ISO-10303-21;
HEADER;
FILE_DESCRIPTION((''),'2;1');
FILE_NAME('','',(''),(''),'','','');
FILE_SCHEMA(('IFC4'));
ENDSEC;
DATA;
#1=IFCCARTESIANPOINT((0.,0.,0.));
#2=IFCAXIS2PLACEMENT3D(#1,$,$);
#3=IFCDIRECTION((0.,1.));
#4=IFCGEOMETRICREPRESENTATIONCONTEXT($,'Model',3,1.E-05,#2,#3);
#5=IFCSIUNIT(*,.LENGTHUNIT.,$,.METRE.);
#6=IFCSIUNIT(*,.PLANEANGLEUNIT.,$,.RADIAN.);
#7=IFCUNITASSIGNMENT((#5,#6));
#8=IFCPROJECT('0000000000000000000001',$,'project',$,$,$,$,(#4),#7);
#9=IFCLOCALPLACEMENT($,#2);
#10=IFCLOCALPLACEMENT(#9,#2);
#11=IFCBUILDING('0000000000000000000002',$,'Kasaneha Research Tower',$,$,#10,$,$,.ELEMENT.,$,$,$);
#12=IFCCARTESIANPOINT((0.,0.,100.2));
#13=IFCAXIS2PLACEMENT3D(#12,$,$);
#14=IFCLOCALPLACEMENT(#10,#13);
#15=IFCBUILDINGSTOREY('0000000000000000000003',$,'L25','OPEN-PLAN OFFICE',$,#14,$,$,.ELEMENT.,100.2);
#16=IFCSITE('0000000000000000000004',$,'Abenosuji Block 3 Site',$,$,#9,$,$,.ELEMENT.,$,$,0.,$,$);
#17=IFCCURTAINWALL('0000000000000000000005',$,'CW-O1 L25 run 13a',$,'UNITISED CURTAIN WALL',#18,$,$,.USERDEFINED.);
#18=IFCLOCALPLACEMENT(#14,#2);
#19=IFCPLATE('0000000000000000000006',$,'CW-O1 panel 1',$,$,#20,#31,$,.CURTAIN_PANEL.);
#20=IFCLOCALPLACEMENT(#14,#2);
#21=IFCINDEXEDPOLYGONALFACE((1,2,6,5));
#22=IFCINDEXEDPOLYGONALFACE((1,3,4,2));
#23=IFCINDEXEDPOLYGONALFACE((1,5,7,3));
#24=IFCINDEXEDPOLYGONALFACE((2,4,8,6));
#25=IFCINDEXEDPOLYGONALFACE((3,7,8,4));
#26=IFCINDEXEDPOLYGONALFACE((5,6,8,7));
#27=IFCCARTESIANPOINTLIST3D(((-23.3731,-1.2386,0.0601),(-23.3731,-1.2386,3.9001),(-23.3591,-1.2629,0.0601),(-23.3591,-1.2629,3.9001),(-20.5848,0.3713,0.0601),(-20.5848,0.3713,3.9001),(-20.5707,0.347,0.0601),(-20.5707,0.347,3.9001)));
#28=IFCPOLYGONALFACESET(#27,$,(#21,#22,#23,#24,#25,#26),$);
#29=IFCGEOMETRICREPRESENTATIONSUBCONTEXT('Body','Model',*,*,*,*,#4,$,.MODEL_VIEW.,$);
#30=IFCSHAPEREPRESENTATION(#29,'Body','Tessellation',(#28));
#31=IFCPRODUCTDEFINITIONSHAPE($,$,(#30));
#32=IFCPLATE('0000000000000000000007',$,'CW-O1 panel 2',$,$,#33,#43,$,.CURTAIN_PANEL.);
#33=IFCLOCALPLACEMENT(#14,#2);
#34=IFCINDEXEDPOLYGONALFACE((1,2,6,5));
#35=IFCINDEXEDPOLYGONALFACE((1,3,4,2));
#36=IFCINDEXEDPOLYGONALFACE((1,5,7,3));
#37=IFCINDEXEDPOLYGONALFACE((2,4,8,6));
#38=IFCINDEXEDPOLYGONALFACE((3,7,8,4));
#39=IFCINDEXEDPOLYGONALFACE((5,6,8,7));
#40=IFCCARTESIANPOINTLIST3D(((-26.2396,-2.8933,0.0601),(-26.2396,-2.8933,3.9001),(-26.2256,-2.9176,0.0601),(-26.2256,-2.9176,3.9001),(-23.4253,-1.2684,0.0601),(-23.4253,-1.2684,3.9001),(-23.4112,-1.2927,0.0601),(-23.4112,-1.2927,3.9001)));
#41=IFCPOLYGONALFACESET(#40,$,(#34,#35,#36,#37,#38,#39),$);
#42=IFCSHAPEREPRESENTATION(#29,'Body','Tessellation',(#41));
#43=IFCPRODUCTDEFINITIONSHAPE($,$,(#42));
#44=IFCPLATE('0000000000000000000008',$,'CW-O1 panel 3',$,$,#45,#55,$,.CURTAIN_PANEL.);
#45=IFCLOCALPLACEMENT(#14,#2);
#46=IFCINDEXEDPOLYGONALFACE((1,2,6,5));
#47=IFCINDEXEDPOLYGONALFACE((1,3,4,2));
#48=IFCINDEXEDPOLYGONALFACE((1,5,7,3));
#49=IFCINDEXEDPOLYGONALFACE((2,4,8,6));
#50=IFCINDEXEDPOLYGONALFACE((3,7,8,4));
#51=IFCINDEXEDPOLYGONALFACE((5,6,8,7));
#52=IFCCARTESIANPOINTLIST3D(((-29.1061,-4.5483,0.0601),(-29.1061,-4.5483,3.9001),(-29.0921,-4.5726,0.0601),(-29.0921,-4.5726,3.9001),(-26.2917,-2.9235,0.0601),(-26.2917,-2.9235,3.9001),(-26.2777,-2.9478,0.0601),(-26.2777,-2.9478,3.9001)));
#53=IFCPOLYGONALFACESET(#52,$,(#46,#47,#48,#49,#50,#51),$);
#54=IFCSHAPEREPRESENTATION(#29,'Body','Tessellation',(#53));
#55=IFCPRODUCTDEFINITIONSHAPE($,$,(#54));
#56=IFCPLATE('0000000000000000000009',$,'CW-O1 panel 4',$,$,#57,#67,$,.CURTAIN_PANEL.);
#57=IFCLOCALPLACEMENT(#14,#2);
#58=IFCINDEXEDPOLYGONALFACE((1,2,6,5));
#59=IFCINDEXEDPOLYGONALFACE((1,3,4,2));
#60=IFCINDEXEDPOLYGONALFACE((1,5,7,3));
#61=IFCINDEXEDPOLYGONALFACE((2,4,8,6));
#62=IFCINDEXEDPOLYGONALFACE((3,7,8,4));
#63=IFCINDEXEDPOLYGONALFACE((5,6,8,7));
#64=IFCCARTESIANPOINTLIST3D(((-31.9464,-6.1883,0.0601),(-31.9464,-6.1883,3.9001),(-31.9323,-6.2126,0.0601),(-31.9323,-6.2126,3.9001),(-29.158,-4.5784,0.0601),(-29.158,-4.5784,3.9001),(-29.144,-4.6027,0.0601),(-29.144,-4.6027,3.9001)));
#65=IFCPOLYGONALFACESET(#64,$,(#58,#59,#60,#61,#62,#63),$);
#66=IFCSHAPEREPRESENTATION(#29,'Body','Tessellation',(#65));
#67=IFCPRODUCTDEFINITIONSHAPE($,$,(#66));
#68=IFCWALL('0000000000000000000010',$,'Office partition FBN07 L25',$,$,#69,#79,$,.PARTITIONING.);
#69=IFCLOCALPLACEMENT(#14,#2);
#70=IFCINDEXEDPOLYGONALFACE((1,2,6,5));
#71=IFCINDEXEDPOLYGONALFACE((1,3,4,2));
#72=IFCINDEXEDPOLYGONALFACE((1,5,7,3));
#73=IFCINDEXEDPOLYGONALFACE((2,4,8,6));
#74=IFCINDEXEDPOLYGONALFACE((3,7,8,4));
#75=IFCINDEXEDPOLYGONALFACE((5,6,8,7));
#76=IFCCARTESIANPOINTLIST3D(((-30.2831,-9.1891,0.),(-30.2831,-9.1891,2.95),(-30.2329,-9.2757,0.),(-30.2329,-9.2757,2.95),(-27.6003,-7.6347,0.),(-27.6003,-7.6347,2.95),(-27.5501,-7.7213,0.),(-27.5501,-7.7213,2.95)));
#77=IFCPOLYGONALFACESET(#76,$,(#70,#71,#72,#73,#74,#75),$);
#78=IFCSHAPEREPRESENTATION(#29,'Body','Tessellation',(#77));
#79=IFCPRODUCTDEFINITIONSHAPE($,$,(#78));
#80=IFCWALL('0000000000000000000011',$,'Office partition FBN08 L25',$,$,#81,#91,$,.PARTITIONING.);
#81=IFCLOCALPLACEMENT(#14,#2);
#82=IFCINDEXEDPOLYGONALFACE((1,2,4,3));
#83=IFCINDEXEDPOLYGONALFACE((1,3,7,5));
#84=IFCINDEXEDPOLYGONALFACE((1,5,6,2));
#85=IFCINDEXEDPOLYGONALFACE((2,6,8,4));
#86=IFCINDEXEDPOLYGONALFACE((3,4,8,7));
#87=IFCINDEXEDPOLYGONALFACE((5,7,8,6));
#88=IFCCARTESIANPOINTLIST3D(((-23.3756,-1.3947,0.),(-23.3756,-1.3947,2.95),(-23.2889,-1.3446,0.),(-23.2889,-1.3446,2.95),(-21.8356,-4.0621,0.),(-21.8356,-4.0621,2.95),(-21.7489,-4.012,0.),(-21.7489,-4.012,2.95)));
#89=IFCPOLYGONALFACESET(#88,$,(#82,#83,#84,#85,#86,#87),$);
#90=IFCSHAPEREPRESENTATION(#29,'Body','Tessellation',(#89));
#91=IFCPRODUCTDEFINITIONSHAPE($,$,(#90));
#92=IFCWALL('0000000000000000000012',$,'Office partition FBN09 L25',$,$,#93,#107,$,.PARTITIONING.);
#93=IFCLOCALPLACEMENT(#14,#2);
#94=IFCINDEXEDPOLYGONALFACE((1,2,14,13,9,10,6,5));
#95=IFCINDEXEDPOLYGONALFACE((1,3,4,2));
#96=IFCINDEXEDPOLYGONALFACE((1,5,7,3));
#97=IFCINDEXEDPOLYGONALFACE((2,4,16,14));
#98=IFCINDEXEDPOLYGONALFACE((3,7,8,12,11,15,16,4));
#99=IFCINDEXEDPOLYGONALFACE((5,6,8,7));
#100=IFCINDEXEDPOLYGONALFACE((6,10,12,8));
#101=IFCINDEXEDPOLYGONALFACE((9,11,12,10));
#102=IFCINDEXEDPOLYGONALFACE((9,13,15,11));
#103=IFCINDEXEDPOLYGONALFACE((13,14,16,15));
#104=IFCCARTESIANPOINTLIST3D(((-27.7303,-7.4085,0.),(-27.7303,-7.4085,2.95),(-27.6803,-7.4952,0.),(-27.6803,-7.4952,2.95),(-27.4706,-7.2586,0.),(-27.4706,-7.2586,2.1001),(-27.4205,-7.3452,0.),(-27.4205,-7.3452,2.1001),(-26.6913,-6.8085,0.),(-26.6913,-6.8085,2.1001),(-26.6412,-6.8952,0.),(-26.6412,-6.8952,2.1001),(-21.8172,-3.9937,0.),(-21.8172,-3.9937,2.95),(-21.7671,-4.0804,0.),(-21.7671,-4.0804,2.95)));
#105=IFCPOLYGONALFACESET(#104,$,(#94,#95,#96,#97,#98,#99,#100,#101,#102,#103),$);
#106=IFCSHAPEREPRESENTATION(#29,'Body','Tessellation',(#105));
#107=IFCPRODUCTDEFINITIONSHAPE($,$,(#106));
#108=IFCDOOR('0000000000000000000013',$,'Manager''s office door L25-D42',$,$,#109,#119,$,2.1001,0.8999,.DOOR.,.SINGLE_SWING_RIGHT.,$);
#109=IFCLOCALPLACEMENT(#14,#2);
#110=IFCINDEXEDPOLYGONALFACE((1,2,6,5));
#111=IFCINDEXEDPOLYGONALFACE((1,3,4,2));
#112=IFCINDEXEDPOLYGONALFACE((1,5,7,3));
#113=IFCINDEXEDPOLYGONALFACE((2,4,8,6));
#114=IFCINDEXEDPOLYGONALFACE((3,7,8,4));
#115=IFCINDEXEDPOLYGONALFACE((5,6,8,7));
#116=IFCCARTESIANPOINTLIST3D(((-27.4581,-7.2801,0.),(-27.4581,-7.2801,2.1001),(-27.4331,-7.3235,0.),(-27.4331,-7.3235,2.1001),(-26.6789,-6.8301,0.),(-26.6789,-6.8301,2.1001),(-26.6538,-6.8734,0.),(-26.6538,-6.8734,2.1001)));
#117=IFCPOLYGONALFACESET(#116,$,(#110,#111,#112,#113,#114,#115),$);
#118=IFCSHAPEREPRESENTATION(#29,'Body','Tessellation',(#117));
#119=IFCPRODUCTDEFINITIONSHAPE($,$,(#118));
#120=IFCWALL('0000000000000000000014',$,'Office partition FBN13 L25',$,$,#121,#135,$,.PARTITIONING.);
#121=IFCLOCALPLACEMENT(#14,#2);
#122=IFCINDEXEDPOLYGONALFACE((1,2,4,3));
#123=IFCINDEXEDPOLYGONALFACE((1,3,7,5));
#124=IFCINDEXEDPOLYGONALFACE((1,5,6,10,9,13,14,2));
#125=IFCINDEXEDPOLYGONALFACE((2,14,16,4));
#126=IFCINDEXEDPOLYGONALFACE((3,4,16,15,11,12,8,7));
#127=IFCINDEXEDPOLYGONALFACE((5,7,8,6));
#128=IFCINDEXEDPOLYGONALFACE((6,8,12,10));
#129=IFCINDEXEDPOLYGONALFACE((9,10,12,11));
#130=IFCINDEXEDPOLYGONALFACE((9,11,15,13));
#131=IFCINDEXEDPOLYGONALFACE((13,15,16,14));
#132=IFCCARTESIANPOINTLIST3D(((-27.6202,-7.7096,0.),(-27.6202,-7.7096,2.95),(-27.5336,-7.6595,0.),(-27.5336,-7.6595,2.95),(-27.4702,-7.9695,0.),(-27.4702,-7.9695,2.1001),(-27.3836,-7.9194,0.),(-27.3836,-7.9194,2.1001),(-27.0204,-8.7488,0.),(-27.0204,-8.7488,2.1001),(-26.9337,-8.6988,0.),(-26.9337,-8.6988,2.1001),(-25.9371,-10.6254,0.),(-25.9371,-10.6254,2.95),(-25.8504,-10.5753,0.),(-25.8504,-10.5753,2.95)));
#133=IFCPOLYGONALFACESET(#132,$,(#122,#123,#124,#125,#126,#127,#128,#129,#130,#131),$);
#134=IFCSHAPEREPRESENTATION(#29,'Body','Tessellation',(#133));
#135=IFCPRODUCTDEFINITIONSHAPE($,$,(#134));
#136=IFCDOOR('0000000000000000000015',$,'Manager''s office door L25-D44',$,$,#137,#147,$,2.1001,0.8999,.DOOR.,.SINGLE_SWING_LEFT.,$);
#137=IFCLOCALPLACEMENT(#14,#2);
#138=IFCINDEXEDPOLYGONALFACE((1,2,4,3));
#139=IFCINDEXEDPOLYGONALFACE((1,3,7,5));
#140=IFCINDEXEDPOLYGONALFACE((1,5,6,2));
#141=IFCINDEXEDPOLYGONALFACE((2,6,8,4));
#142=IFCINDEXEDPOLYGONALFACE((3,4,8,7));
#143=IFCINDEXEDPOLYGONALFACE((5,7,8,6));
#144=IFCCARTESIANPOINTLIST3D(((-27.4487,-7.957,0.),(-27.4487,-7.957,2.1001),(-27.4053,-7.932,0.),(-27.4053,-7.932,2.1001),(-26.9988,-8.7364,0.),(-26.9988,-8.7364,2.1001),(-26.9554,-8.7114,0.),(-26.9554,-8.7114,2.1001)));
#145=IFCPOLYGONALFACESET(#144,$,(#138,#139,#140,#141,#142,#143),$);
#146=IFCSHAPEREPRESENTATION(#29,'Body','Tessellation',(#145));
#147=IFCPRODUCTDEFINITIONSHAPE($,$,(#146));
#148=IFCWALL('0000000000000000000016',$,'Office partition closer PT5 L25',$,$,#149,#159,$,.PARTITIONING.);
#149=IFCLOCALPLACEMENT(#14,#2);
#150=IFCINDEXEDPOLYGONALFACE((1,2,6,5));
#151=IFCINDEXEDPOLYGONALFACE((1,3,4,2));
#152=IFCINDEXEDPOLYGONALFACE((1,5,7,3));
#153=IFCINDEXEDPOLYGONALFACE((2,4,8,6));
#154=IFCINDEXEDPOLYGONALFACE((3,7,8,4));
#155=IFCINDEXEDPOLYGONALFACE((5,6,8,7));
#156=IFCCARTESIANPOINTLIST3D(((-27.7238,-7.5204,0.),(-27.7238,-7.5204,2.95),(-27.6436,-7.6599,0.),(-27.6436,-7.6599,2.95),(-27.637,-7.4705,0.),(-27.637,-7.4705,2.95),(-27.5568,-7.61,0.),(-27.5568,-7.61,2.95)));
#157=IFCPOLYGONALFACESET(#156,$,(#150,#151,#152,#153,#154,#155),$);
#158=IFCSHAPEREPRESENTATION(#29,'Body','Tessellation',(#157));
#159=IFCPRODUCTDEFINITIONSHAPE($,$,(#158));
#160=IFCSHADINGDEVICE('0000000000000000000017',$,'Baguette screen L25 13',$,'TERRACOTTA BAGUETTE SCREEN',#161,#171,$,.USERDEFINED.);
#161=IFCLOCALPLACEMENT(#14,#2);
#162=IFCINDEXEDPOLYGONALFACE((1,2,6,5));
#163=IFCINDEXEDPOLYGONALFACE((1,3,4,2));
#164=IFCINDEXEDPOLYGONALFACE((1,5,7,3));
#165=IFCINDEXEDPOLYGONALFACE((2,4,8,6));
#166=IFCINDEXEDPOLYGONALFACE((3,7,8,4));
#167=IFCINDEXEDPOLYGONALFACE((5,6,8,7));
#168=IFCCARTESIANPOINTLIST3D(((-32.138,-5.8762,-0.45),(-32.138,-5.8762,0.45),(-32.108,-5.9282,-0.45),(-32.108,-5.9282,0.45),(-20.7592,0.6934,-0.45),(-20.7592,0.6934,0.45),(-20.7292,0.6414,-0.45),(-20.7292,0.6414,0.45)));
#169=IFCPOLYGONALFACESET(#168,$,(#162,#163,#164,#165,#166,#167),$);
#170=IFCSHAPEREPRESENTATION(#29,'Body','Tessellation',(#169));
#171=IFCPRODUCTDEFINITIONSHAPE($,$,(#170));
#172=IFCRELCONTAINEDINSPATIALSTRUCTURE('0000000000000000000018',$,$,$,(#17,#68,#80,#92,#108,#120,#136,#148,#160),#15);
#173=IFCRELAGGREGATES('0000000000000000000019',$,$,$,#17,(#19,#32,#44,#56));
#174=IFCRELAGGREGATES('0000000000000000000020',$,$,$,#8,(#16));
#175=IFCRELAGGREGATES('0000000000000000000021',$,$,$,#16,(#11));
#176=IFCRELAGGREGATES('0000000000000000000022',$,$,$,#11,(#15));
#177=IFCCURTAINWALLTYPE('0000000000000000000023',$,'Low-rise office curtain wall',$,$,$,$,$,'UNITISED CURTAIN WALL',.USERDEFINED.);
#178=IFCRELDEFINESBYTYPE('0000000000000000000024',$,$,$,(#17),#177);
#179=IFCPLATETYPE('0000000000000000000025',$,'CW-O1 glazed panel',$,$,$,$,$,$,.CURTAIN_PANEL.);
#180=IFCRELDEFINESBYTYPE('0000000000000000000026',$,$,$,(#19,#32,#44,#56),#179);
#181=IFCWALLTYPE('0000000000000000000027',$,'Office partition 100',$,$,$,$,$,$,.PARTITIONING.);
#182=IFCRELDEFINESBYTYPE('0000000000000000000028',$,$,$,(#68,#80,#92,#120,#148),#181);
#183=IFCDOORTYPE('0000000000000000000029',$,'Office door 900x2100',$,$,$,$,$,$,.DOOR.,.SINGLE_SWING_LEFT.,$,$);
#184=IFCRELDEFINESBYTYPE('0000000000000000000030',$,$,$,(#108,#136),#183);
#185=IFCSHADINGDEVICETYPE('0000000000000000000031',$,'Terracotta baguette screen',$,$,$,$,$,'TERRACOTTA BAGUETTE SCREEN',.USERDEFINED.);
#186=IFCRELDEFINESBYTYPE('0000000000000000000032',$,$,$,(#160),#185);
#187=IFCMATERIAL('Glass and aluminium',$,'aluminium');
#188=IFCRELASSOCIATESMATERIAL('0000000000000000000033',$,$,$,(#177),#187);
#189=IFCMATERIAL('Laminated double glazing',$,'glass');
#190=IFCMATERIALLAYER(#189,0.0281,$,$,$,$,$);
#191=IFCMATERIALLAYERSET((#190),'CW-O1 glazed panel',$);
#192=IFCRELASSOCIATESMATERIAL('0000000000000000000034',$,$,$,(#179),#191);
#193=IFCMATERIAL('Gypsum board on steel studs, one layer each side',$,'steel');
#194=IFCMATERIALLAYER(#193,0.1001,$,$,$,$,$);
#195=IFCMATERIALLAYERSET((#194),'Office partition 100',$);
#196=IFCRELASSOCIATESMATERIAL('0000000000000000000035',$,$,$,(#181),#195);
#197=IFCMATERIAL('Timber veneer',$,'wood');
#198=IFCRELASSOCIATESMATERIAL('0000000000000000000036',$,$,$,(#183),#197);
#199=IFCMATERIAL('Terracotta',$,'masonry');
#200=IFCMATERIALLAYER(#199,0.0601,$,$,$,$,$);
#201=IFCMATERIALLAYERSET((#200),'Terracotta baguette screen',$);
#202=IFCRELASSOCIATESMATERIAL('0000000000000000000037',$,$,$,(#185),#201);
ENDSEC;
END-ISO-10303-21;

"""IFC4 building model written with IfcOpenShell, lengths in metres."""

from ifc_helpers import new_model, si_unit, direction, frame, frame_2d, origin, origin_2d, place, context, subcontext, project, spatial, rectangle, extrude, material, layer, layer_set, type_object, element, fill, aggregate, save


model = new_model("IFC4")

# Units and contexts
model_context = context("Model", 3, precision=1e-05, world=origin(), true_north=direction((0.0, 1.0)))
body_context = subcontext(model_context, "Body", "Model", "MODEL_VIEW")
ifc_project = project(units=[si_unit("LENGTHUNIT", "METRE"), si_unit("PLANEANGLEUNIT", "RADIAN")], contexts=[model_context])

# Site, building, storey
site_placement = place(None, origin())
site = spatial("IfcSite", under=ifc_project, at=site_placement, Name="Abenosuji Block 3 Site", CompositionType="ELEMENT", RefElevation=0.0)
building_placement = place(site_placement, origin())
building = spatial("IfcBuilding", under=site, at=building_placement, Name="Kasaneha Research Tower", CompositionType="ELEMENT")
storey_placement = place(building_placement, frame((0.0, 0.0, 100.2)))
storey = spatial("IfcBuildingStorey", under=building, at=storey_placement, Name="L25", Description="OPEN-PLAN OFFICE", CompositionType="ELEMENT", Elevation=100.2)

# Curtain wall
ifc_material_1 = material(Name="Glass and aluminium", Category="aluminium")
curtain_wall_type = type_object("IfcCurtainWallType", Name="Low-rise office curtain wall", ElementType="UNITISED CURTAIN WALL", PredefinedType="USERDEFINED", material=ifc_material_1)
curtain_wall_1_placement = place(storey_placement, origin())
curtain_wall_1 = element("IfcCurtainWall", 1, at=curtain_wall_1_placement, inside=storey, type_object=curtain_wall_type, Name="CW-O1 L25 run 13a", ObjectType="UNITISED CURTAIN WALL", PredefinedType="USERDEFINED")

# Plates
ifc_material_2 = material(Name="Laminated double glazing", Category="glass")
ifc_layer_1 = layer(ifc_material_2, 0.0281)
ifc_layer_set_1 = layer_set([ifc_layer_1], Name="CW-O1 glazed panel")
plate_type = type_object("IfcPlateType", Name="CW-O1 glazed panel", PredefinedType="CURTAIN_PANEL", material=ifc_layer_set_1)
plate_1_placement = place(storey_placement, frame((-21.9719, -0.4458, 0.0601), z_axis=(0.0, 0.0, 1.0), x_axis=(-0.866025, -0.5, 0.0)))
plate_1 = element("IfcPlate", 2, at=plate_1_placement, type_object=plate_type, Name="CW-O1 panel 1", PredefinedType="CURTAIN_PANEL", context=body_context, shape_type="SweptSolid", body=[
    extrude(rectangle(XDim=3.2197, YDim=0.0281, at=origin_2d()), origin(), (0.0, 0.0, 1.0), 3.8401),
])
plate_2_placement = place(storey_placement, frame((-24.8254, -2.093, 0.0601), z_axis=(0.0, 0.0, 1.0), x_axis=(-0.866025, -0.5, 0.0)))
plate_2 = element("IfcPlate", 3, at=plate_2_placement, type_object=plate_type, Name="CW-O1 panel 2", PredefinedType="CURTAIN_PANEL", context=body_context, shape_type="SweptSolid", body=[
    extrude(rectangle(XDim=3.2498, YDim=0.0281, at=origin_2d()), origin(), (0.0, 0.0, 1.0), 3.8401),
])
plate_3_placement = place(storey_placement, frame((-27.6919, -3.748, 0.0601), z_axis=(0.0, 0.0, 1.0), x_axis=(-0.866025, -0.5, 0.0)))
plate_3 = element("IfcPlate", 4, at=plate_3_placement, type_object=plate_type, Name="CW-O1 panel 3", PredefinedType="CURTAIN_PANEL", context=body_context, shape_type="SweptSolid", body=[
    extrude(rectangle(XDim=3.2498, YDim=0.0281, at=origin_2d()), origin(), (0.0, 0.0, 1.0), 3.8401),
])
plate_4_placement = place(storey_placement, frame((-30.5452, -5.3955, 0.0601), z_axis=(0.0, 0.0, 1.0), x_axis=(-0.866025, -0.5, 0.0)))
plate_4 = element("IfcPlate", 5, at=plate_4_placement, type_object=plate_type, Name="CW-O1 panel 4", PredefinedType="CURTAIN_PANEL", context=body_context, shape_type="SweptSolid", body=[
    extrude(rectangle(XDim=3.2197, YDim=0.0281, at=origin_2d()), origin(), (0.0, 0.0, 1.0), 3.8401),
])
aggregate(curtain_wall_1, [plate_1, plate_2, plate_3, plate_4])

# Walls
ifc_material_3 = material(Name="Gypsum board on steel studs, one layer each side", Category="steel")
ifc_layer_2 = layer(ifc_material_3, 0.1001)
ifc_layer_set_2 = layer_set([ifc_layer_2], Name="Office partition 100")
wall_type = type_object("IfcWallType", Name="Office partition 100", PredefinedType="PARTITIONING", material=ifc_layer_set_2)
wall_1_placement = place(storey_placement, frame((-27.5752, -7.678, 0.0), z_axis=(0.0, 0.0, 1.0), x_axis=(-0.865257, -0.501328, 0.0)))
element("IfcWall", 6, at=wall_1_placement, inside=storey, type_object=wall_type, Name="Office partition FBN07 L25", PredefinedType="PARTITIONING", context=body_context, shape_type="SweptSolid", body=[
    extrude(rectangle(XDim=3.1006, YDim=0.1001, at=frame_2d((1.5503, 0.0))), origin(), (0.0, 0.0, 1.0), 2.95),
])
wall_2_placement = place(storey_placement, frame((-23.3323, -1.3696, 0.0), z_axis=(0.0, 0.0, 1.0), x_axis=(0.499992, -0.86603, 0.0)))
element("IfcWall", 7, at=wall_2_placement, inside=storey, type_object=wall_type, Name="Office partition FBN08 L25", PredefinedType="PARTITIONING", context=body_context, shape_type="SweptSolid", body=[
    extrude(rectangle(XDim=3.0801, YDim=0.1001, at=frame_2d((1.54, 0.0))), origin(), (0.0, 0.0, 1.0), 2.95),
])

# Walls, openings, doors
wall_3_placement = place(storey_placement, frame((-21.7922, -4.0371, 0.0), z_axis=(0.0, 0.0, 1.0), x_axis=(-0.86597, -0.500096, 0.0)))
wall_3 = element("IfcWall", 8, at=wall_3_placement, inside=storey, type_object=wall_type, Name="Office partition FBN09 L25", PredefinedType="PARTITIONING", context=body_context, shape_type="SweptSolid", body=[
    extrude(rectangle(XDim=6.8284, YDim=0.1001, at=frame_2d((3.4141, 0.0))), origin(), (0.0, 0.0, 1.0), 2.95),
])
opening_1_placement = place(wall_3_placement, frame((5.6284, 0.0, 0.0)))
opening_1 = element("IfcOpeningElement", 9, at=opening_1_placement, cuts=wall_3, PredefinedType="OPENING", context=body_context, shape_type="SweptSolid", body=[
    extrude(rectangle(XDim=0.8999, YDim=2.1001, at=frame_2d((0.45, 1.05))), frame((0.0, 0.0601, 0.0), z_axis=(0.0, -1.0, 0.0), x_axis=(1.0, 0.0, 0.0)), (0.0, 0.0, 1.0), 0.1201),
])
ifc_material_4 = material(Name="Timber veneer", Category="wood")
door_type = type_object("IfcDoorType", Name="Office door 900x2100", OperationType="SINGLE_SWING_LEFT", PredefinedType="DOOR", material=ifc_material_4)
door_1_placement = place(opening_1_placement, origin())
door_1 = element("IfcDoor", 10, at=door_1_placement, inside=storey, type_object=door_type, Name="Manager's office door L25-D42", OperationType="SINGLE_SWING_RIGHT", OverallHeight=2.1001, OverallWidth=0.8999, PredefinedType="DOOR", context=body_context, shape_type="SweptSolid", body=[
    extrude(rectangle(XDim=0.8999, YDim=2.1001, at=frame_2d((0.45, 1.05))), frame((0.0, 0.0249, 0.0), z_axis=(0.0, -1.0, 0.0), x_axis=(1.0, 0.0, 0.0)), (0.0, 0.0, 1.0), 0.05),
])
fill(opening_1, door_1)
wall_4_placement = place(storey_placement, frame((-27.5769, -7.6846, 0.0), z_axis=(0.0, 0.0, 1.0), x_axis=(0.49993, -0.866066, 0.0)))
wall_4 = element("IfcWall", 11, at=wall_4_placement, inside=storey, type_object=wall_type, Name="Office partition FBN13 L25", PredefinedType="PARTITIONING", context=body_context, shape_type="SweptSolid", body=[
    extrude(rectangle(XDim=3.3667, YDim=0.1001, at=frame_2d((1.6833, 0.0))), origin(), (0.0, 0.0, 1.0), 2.95),
])
opening_2_placement = place(wall_4_placement, frame((0.3, 0.0, 0.0)))
opening_2 = element("IfcOpeningElement", 12, at=opening_2_placement, cuts=wall_4, PredefinedType="OPENING", context=body_context, shape_type="SweptSolid", body=[
    extrude(rectangle(XDim=0.8999, YDim=2.1001, at=frame_2d((0.45, 1.05))), frame((0.0, 0.0601, 0.0), z_axis=(0.0, -1.0, 0.0), x_axis=(1.0, 0.0, 0.0)), (0.0, 0.0, 1.0), 0.1201),
])
door_2_placement = place(opening_2_placement, origin())
door_2 = element("IfcDoor", 13, at=door_2_placement, inside=storey, type_object=door_type, Name="Manager's office door L25-D44", OperationType="SINGLE_SWING_LEFT", OverallHeight=2.1001, OverallWidth=0.8999, PredefinedType="DOOR", context=body_context, shape_type="SweptSolid", body=[
    extrude(rectangle(XDim=0.8999, YDim=2.1001, at=frame_2d((0.45, 1.05))), frame((0.0, 0.0249, 0.0), z_axis=(0.0, -1.0, 0.0), x_axis=(1.0, 0.0, 0.0)), (0.0, 0.0, 1.0), 0.05),
])
fill(opening_2, door_2)

# Wall
wall_5_placement = place(storey_placement, frame((-27.6804, -7.4954, 0.0), z_axis=(0.0, 0.0, 1.0), x_axis=(0.4981, -0.867119, 0.0)))
element("IfcWall", 14, at=wall_5_placement, inside=storey, type_object=wall_type, Name="Office partition closer PT5 L25", PredefinedType="PARTITIONING", context=body_context, shape_type="SweptSolid", body=[
    extrude(rectangle(XDim=0.1609, YDim=0.1001, at=frame_2d((0.0806, 0.0))), origin(), (0.0, 0.0, 1.0), 2.95),
])

# Shading device
ifc_material_5 = material(Name="Terracotta", Category="masonry")
ifc_layer_3 = layer(ifc_material_5, 0.0601)
ifc_layer_set_3 = layer_set([ifc_layer_3], Name="Terracotta baguette screen")
shading_device_type = type_object("IfcShadingDeviceType", Name="Terracotta baguette screen", ElementType="TERRACOTTA BAGUETTE SCREEN", PredefinedType="USERDEFINED", material=ifc_layer_set_3)
shading_device_placement = place(storey_placement, frame((-26.4336, -2.6174, -0.45), z_axis=(0.0, 0.0, 1.0), x_axis=(-0.866025, -0.5, 0.0)))
element("IfcShadingDevice", 15, at=shading_device_placement, inside=storey, type_object=shading_device_type, Name="Baguette screen L25 13", ObjectType="TERRACOTTA BAGUETTE SCREEN", PredefinedType="USERDEFINED", context=body_context, shape_type="SweptSolid", body=[
    extrude(rectangle(XDim=13.1392, YDim=0.0601, at=origin_2d()), origin(), (0.0, 0.0, 1.0), 0.8999),
])

save(model, "model.ifc")
